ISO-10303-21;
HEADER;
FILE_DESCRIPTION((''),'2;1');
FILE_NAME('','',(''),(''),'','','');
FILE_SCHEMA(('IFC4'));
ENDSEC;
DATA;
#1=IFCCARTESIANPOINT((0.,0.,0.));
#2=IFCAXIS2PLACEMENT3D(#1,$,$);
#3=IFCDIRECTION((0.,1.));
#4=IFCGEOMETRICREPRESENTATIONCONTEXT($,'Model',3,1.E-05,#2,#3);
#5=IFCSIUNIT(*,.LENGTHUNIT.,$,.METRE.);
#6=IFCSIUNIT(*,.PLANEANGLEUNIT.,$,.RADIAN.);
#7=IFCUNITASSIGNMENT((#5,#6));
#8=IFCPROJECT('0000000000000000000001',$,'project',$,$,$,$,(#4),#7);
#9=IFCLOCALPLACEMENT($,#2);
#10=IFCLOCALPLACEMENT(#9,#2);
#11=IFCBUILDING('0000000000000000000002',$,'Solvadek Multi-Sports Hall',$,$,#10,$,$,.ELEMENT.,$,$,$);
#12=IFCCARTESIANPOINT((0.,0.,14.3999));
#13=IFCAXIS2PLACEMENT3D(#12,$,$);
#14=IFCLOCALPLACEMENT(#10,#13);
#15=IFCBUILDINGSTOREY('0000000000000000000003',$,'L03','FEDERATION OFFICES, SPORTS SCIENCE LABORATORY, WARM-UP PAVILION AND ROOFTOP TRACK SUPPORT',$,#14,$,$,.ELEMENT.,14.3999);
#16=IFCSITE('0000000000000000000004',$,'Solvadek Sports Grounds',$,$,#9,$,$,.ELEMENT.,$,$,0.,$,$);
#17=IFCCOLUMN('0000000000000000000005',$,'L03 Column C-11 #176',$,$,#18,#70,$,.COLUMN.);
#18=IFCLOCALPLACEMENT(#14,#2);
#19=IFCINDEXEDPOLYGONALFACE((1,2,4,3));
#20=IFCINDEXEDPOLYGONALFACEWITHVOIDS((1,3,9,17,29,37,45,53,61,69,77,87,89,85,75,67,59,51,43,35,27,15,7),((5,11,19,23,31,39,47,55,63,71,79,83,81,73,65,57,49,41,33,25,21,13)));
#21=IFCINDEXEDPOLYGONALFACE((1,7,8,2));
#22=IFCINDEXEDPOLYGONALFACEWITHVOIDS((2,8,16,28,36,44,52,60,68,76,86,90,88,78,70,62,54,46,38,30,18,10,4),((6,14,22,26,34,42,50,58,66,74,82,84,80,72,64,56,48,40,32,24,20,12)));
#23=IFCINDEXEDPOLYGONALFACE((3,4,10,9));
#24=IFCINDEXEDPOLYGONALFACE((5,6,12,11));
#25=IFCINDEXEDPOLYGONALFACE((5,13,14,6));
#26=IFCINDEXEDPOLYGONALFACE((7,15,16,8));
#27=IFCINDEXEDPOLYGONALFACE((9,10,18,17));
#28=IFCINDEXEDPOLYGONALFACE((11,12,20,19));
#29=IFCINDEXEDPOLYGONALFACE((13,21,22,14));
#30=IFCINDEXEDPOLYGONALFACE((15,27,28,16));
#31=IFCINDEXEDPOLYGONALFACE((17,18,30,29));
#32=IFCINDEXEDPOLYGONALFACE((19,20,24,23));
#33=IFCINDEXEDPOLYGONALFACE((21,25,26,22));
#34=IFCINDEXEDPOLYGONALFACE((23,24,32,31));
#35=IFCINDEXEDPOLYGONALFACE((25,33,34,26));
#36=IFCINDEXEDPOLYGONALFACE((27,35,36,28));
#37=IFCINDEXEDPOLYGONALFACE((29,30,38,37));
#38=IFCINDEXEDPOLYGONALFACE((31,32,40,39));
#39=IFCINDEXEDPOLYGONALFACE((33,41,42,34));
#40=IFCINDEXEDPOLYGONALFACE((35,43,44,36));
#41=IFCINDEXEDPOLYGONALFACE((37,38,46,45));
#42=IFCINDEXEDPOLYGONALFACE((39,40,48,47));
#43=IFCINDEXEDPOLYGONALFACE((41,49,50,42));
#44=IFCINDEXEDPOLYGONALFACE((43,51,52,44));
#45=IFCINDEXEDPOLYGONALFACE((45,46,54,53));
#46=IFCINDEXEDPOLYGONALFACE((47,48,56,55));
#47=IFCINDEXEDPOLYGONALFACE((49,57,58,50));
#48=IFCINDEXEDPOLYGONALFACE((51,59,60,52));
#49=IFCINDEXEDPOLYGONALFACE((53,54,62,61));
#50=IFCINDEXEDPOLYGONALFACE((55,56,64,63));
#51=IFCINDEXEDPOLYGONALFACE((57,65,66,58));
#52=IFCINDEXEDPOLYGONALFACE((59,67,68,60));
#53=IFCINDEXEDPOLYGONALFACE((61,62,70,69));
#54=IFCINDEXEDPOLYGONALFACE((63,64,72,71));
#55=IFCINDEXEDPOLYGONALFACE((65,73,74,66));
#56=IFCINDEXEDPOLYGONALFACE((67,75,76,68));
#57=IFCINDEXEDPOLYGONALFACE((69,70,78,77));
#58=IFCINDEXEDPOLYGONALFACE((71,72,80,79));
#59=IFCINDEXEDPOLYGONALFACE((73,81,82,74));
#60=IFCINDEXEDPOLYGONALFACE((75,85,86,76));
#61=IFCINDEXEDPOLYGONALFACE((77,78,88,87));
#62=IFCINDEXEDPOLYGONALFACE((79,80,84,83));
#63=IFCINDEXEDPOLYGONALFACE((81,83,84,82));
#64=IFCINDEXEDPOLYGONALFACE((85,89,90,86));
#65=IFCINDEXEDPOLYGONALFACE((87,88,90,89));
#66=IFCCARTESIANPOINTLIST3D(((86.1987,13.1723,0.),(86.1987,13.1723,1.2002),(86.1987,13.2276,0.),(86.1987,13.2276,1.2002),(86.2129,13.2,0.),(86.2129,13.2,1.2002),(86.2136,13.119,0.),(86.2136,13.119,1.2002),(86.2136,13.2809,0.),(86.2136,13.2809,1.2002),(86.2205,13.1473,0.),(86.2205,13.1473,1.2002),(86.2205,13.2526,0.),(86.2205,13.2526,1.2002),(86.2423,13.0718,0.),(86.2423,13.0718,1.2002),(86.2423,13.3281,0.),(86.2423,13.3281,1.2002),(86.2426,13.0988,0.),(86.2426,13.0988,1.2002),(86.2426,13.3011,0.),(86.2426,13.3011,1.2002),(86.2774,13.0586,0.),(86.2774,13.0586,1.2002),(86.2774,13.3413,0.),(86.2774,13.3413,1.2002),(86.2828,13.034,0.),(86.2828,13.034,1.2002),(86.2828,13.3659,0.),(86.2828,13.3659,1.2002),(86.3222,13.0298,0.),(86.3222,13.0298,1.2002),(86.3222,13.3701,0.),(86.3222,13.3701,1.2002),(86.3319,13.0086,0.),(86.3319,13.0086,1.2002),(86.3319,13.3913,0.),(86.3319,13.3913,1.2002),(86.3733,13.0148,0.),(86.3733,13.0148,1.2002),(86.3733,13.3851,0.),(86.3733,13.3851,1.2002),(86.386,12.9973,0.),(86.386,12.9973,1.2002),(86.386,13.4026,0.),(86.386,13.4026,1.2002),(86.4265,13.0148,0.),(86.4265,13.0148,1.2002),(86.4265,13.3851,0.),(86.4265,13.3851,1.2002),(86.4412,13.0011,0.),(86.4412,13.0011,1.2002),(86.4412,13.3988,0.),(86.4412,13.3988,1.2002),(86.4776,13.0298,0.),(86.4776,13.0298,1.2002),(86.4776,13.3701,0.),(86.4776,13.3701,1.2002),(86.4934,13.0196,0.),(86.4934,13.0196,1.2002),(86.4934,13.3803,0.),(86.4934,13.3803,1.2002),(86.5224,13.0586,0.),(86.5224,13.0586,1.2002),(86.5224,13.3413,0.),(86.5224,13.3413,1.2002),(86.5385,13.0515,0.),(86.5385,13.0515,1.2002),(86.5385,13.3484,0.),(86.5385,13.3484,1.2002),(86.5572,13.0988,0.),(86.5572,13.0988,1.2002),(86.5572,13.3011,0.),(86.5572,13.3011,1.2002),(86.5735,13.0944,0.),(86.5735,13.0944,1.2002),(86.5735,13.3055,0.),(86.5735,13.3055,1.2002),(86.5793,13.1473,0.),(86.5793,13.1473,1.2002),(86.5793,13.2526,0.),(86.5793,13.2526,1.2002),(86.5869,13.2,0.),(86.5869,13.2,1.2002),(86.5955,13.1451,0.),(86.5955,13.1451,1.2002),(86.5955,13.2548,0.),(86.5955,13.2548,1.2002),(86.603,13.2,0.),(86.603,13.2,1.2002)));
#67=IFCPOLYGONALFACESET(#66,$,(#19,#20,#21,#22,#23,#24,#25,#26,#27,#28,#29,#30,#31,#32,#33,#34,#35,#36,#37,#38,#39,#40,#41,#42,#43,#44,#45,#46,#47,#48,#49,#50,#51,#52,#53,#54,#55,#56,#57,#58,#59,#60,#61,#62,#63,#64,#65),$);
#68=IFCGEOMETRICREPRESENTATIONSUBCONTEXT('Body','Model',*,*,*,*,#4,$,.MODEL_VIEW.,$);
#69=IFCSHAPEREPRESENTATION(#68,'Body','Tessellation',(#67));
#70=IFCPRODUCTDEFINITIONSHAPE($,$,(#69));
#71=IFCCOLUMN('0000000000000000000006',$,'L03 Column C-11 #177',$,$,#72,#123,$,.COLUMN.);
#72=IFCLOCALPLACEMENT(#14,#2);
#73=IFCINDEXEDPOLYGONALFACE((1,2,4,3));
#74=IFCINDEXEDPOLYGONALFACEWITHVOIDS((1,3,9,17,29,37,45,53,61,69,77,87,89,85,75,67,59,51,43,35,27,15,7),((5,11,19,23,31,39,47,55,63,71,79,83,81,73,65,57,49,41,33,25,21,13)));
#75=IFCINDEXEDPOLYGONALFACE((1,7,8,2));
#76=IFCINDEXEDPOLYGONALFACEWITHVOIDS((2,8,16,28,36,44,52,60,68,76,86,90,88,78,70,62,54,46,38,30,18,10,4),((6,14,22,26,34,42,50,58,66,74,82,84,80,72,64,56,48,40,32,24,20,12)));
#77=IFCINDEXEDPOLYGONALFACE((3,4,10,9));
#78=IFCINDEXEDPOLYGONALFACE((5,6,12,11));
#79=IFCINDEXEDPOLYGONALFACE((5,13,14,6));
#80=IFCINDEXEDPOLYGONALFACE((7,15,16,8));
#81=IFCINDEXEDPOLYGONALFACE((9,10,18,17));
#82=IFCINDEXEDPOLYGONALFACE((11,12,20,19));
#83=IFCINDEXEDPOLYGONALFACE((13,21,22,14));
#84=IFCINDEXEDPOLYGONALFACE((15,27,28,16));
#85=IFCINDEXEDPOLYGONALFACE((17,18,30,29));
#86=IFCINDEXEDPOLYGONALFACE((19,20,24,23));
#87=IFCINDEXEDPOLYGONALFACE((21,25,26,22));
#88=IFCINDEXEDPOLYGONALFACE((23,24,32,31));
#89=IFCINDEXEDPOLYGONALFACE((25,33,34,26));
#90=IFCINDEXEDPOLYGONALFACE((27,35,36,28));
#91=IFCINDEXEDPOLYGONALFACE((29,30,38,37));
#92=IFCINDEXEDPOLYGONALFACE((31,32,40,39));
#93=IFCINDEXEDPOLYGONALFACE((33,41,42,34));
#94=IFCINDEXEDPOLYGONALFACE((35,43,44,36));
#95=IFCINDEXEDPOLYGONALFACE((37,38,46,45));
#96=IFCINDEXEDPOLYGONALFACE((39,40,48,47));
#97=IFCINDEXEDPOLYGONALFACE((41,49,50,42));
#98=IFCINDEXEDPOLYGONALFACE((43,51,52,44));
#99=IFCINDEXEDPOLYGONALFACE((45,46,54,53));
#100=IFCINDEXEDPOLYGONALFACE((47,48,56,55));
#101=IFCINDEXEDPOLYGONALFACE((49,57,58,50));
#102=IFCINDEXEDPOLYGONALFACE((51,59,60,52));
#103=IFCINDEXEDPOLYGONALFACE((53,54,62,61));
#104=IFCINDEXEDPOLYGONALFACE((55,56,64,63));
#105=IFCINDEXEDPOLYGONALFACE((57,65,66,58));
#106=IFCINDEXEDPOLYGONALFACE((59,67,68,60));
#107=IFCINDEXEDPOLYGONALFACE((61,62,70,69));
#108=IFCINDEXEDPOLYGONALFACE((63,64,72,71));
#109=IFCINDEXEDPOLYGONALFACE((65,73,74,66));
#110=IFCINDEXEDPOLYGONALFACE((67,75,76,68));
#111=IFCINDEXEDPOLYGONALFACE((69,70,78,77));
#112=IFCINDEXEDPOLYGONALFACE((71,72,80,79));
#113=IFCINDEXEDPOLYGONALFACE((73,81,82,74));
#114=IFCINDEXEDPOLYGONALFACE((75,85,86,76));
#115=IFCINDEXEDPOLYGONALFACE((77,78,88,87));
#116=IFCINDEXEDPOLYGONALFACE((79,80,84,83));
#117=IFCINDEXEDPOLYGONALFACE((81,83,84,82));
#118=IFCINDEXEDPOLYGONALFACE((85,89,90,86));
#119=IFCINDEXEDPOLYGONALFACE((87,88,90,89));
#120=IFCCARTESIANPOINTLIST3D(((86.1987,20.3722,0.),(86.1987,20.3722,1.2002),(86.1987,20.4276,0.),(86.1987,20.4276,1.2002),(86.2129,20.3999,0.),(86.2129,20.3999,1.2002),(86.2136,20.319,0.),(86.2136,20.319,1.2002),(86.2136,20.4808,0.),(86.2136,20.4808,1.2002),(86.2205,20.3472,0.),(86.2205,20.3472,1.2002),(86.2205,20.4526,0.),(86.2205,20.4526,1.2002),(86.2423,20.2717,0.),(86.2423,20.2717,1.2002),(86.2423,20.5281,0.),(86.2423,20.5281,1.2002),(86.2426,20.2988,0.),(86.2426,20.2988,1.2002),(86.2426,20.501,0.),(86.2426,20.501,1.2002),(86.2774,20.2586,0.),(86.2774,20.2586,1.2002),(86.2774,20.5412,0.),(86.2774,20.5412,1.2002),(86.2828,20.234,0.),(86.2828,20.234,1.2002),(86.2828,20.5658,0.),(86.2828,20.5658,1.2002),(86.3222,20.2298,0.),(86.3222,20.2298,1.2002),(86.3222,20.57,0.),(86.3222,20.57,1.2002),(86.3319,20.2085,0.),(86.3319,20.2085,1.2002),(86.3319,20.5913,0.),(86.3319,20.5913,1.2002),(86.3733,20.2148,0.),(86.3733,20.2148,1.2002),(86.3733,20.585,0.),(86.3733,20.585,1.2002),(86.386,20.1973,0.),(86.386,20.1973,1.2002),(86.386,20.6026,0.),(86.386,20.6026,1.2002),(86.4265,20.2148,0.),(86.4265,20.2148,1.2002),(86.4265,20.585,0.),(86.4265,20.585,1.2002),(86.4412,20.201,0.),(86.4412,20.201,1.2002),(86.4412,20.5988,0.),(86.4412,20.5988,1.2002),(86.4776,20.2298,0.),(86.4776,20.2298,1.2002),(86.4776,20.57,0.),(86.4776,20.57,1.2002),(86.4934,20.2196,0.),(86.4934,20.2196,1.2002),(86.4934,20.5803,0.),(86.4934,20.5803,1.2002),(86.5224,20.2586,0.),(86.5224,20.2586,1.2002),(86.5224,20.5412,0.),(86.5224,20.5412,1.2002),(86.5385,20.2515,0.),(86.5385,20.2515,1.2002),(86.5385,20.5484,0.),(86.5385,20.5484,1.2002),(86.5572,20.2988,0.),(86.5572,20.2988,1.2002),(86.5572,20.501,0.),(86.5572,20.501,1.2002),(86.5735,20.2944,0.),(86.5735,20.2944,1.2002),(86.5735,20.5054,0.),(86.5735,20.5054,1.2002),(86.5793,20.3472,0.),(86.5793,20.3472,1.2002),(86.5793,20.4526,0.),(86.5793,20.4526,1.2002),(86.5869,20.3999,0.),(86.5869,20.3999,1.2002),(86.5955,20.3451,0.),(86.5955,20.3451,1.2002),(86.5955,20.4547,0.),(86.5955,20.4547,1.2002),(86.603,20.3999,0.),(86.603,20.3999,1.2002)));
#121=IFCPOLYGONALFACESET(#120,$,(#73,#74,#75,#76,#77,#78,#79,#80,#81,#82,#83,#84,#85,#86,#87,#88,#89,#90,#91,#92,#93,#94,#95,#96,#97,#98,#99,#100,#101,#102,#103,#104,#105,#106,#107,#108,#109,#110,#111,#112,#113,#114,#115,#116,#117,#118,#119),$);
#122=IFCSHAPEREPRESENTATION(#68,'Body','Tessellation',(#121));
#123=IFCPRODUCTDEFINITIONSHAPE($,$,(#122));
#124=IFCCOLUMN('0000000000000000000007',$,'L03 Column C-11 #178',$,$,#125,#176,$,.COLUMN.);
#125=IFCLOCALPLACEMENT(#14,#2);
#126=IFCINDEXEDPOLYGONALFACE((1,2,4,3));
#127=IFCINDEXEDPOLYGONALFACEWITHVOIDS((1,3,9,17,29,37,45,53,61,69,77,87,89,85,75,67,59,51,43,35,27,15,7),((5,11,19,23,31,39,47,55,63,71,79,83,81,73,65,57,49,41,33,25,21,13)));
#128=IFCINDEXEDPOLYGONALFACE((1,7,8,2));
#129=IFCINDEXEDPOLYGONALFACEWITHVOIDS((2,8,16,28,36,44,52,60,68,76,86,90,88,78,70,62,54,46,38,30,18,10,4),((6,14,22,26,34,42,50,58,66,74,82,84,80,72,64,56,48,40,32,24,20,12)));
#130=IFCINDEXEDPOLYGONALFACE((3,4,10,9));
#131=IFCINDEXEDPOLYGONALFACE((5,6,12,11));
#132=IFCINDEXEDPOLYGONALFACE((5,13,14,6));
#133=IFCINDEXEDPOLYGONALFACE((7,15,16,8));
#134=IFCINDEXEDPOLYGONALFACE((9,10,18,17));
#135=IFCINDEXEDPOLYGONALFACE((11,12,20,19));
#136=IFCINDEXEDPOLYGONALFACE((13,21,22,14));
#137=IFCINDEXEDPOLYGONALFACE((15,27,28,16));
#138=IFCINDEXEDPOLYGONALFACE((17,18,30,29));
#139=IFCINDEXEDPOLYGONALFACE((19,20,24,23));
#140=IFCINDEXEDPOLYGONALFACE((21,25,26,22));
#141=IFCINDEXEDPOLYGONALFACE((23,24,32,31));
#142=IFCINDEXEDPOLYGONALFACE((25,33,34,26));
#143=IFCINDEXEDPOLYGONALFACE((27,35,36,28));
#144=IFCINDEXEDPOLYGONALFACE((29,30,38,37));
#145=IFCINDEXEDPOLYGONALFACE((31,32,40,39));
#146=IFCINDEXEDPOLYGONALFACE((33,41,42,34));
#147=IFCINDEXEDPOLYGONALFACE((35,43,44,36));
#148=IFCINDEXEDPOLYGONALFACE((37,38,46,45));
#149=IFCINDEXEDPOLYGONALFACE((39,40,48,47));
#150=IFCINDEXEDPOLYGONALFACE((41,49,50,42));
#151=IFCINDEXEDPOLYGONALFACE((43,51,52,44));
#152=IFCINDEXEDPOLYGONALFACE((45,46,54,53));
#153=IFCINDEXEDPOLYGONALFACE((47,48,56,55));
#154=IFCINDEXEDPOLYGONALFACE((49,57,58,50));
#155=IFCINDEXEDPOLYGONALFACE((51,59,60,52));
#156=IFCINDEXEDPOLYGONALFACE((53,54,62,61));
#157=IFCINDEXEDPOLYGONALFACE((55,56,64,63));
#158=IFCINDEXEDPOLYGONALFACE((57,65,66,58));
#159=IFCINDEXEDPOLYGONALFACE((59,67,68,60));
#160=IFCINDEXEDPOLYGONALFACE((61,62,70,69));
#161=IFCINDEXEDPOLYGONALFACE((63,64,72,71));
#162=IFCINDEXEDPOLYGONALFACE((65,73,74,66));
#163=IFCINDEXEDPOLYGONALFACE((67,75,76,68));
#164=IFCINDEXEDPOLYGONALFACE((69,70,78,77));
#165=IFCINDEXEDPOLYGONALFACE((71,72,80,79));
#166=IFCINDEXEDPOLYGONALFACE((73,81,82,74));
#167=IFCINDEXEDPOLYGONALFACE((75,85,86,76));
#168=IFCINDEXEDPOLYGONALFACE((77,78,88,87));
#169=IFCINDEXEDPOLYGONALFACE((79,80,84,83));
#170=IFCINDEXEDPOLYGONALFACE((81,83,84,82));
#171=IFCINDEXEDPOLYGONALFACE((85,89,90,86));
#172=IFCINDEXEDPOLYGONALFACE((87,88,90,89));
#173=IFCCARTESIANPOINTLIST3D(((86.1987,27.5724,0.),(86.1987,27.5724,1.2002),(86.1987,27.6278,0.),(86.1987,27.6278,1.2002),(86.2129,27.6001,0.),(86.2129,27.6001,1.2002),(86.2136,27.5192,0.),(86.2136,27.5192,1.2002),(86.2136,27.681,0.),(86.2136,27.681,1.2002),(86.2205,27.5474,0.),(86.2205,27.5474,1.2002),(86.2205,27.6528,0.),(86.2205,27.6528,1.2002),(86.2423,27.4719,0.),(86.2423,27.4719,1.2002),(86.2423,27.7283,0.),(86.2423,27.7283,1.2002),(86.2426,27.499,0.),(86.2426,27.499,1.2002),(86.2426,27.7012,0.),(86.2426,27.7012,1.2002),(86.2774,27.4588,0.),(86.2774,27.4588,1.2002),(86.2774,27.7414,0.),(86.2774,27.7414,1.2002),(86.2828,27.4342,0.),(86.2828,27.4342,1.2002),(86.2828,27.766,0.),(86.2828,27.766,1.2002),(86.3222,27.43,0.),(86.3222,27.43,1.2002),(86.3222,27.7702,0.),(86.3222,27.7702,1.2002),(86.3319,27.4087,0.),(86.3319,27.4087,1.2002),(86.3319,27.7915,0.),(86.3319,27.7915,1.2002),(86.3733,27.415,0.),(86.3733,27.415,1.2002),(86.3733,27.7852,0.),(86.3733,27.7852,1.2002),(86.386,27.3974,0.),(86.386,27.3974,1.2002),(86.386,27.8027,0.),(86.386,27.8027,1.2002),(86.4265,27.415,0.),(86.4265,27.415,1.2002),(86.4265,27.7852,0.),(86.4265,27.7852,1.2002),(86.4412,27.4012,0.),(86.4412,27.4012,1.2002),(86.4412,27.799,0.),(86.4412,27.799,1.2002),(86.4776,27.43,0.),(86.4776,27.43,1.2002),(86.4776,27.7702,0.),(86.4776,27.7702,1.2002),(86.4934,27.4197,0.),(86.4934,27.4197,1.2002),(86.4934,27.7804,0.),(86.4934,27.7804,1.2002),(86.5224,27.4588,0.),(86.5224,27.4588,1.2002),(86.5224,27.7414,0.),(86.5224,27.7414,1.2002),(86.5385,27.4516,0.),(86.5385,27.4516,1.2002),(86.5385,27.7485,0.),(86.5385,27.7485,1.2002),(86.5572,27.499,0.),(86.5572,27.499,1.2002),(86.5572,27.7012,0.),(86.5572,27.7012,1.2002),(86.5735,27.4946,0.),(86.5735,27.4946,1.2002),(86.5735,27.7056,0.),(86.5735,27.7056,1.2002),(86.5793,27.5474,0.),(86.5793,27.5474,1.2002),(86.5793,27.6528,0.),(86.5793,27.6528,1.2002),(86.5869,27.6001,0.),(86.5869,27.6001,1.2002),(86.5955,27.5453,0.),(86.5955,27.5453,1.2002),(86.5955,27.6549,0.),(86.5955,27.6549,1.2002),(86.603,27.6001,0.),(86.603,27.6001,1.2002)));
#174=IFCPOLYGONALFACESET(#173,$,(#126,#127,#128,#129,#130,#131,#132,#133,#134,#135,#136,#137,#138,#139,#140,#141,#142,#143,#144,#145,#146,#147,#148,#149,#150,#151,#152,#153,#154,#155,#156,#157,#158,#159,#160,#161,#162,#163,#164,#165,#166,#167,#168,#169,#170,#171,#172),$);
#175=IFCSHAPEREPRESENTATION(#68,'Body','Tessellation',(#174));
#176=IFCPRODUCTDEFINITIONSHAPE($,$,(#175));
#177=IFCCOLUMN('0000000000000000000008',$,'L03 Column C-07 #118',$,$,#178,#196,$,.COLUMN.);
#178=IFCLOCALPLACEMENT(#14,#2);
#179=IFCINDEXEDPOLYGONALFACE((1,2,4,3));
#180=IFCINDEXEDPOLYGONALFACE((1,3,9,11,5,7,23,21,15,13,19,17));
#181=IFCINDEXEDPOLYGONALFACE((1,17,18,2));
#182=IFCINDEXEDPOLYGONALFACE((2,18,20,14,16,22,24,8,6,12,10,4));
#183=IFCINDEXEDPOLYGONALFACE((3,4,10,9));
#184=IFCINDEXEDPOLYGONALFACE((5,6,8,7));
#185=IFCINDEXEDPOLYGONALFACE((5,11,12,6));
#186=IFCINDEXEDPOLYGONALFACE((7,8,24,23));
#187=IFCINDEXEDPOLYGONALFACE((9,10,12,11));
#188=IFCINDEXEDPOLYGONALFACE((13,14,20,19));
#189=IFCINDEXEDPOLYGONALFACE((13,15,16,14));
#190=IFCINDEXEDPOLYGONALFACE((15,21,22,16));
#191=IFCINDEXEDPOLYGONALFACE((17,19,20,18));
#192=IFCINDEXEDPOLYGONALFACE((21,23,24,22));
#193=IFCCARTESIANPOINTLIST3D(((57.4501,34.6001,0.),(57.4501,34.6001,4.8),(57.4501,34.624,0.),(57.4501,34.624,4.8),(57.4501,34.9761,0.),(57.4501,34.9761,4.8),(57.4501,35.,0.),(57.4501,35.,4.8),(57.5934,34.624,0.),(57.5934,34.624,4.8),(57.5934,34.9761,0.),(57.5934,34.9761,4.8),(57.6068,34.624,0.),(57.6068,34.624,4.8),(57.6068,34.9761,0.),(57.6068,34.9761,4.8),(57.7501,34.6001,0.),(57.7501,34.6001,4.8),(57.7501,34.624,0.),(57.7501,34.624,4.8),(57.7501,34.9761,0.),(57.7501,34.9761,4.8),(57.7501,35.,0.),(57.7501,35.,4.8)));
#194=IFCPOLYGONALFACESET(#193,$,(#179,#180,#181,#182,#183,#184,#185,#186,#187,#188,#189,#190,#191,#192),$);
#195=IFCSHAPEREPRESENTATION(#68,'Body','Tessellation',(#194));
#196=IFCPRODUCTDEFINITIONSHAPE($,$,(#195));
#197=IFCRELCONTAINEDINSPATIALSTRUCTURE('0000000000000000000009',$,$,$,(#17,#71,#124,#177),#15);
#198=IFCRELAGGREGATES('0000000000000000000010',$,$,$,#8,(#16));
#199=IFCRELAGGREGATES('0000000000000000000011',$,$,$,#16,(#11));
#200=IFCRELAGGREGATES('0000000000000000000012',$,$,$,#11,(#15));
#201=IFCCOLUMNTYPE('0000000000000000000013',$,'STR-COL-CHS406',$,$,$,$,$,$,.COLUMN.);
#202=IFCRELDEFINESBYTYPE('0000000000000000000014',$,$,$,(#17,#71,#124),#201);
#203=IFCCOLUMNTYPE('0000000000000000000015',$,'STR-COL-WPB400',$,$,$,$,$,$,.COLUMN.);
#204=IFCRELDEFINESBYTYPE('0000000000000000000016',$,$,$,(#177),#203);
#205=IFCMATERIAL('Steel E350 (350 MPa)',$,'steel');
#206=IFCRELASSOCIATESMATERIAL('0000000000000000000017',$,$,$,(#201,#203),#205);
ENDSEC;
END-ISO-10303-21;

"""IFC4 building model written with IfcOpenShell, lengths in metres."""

from ifc_helpers import new_model, si_unit, direction, frame, origin, origin_2d, place, context, subcontext, project, spatial, hollow_circle, i_section, extrude, material, material_profile, profile_set, type_object, element, save


model = new_model("IFC4")

# Units and contexts
model_context = context("Model", 3, precision=1e-05, world=origin(), true_north=direction((0.0, 1.0)))
body_context = subcontext(model_context, "Body", "Model", "MODEL_VIEW")
ifc_project = project(units=[si_unit("LENGTHUNIT", "METRE"), si_unit("PLANEANGLEUNIT", "RADIAN")], contexts=[model_context])

# Site, building, storey
site_placement = place(None, origin())
site = spatial("IfcSite", under=ifc_project, at=site_placement, Name="Solvadek Sports Grounds", CompositionType="ELEMENT", RefElevation=0.0)
building_placement = place(site_placement, origin())
building = spatial("IfcBuilding", under=site, at=building_placement, Name="Solvadek Multi-Sports Hall", CompositionType="ELEMENT")
storey_placement = place(building_placement, frame((0.0, 0.0, 14.3999)))
storey = spatial("IfcBuildingStorey", under=building, at=storey_placement, Name="L03", Description="FEDERATION OFFICES, SPORTS SCIENCE LABORATORY, WARM-UP PAVILION AND ROOFTOP TRACK SUPPORT", CompositionType="ELEMENT", Elevation=14.3999)

# Columns
ifc_material_1 = material(Name="Steel E350 (350 MPa)", Category="steel")
ifc_material_profile_1 = material_profile(ifc_material_1, hollow_circle(Radius=0.2031, WallThickness=0.0161, at=origin_2d()), Name="CHS 406.4x16")
ifc_profile_set_1 = profile_set([ifc_material_profile_1], Name="Steel E350 (350 MPa)")
column_type_1 = type_object("IfcColumnType", Name="STR-COL-CHS406", PredefinedType="COLUMN", material=ifc_profile_set_1)
for number, where, z_axis, x_axis, name in (
    (1, (86.3999, 13.2, 0.0), (0.0, 0.0, 1.0), (1.0, 0.0, 0.0), "L03 Column C-11 #176"),
    (2, (86.3999, 20.3999, 0.0), (0.0, 0.0, 1.0), (1.0, 0.0, 0.0), "L03 Column C-11 #177"),
    (3, (86.3999, 27.6001, 0.0), (0.0, 0.0, 1.0), (1.0, 0.0, 0.0), "L03 Column C-11 #178"),
):
    element("IfcColumn", number, at=place(storey_placement, frame(where, z_axis=z_axis, x_axis=x_axis)), inside=storey, type_object=column_type_1, Name=name, PredefinedType="COLUMN", context=body_context, shape_type="SweptSolid", body=[
        extrude(hollow_circle(Radius=0.2031, WallThickness=0.0161, at=origin_2d()), origin(), (0.0, 0.0, 1.0), 1.2002),
    ])
ifc_material_profile_2 = material_profile(ifc_material_1, i_section(OverallWidth=0.3, OverallDepth=0.3999, WebThickness=0.0134, FlangeThickness=0.0239, at=origin_2d()), Name="WPB 400")
ifc_profile_set_2 = profile_set([ifc_material_profile_2], Name="Steel E350 (350 MPa)")
column_type_2 = type_object("IfcColumnType", Name="STR-COL-WPB400", PredefinedType="COLUMN", material=ifc_profile_set_2)
for number, where, z_axis, x_axis, name in (
    (4, (57.6001, 34.8, 0.0), (0.0, 0.0, 1.0), (1.0, 0.0, 0.0), "L03 Column C-07 #118"),
):
    element("IfcColumn", number, at=place(storey_placement, frame(where, z_axis=z_axis, x_axis=x_axis)), inside=storey, type_object=column_type_2, Name=name, PredefinedType="COLUMN", context=body_context, shape_type="SweptSolid", body=[
        extrude(i_section(OverallWidth=0.3, OverallDepth=0.3999, WebThickness=0.0134, FlangeThickness=0.0239, at=origin_2d()), origin(), (0.0, 0.0, 1.0), 4.8),
    ])

save(model, "model.ifc")
